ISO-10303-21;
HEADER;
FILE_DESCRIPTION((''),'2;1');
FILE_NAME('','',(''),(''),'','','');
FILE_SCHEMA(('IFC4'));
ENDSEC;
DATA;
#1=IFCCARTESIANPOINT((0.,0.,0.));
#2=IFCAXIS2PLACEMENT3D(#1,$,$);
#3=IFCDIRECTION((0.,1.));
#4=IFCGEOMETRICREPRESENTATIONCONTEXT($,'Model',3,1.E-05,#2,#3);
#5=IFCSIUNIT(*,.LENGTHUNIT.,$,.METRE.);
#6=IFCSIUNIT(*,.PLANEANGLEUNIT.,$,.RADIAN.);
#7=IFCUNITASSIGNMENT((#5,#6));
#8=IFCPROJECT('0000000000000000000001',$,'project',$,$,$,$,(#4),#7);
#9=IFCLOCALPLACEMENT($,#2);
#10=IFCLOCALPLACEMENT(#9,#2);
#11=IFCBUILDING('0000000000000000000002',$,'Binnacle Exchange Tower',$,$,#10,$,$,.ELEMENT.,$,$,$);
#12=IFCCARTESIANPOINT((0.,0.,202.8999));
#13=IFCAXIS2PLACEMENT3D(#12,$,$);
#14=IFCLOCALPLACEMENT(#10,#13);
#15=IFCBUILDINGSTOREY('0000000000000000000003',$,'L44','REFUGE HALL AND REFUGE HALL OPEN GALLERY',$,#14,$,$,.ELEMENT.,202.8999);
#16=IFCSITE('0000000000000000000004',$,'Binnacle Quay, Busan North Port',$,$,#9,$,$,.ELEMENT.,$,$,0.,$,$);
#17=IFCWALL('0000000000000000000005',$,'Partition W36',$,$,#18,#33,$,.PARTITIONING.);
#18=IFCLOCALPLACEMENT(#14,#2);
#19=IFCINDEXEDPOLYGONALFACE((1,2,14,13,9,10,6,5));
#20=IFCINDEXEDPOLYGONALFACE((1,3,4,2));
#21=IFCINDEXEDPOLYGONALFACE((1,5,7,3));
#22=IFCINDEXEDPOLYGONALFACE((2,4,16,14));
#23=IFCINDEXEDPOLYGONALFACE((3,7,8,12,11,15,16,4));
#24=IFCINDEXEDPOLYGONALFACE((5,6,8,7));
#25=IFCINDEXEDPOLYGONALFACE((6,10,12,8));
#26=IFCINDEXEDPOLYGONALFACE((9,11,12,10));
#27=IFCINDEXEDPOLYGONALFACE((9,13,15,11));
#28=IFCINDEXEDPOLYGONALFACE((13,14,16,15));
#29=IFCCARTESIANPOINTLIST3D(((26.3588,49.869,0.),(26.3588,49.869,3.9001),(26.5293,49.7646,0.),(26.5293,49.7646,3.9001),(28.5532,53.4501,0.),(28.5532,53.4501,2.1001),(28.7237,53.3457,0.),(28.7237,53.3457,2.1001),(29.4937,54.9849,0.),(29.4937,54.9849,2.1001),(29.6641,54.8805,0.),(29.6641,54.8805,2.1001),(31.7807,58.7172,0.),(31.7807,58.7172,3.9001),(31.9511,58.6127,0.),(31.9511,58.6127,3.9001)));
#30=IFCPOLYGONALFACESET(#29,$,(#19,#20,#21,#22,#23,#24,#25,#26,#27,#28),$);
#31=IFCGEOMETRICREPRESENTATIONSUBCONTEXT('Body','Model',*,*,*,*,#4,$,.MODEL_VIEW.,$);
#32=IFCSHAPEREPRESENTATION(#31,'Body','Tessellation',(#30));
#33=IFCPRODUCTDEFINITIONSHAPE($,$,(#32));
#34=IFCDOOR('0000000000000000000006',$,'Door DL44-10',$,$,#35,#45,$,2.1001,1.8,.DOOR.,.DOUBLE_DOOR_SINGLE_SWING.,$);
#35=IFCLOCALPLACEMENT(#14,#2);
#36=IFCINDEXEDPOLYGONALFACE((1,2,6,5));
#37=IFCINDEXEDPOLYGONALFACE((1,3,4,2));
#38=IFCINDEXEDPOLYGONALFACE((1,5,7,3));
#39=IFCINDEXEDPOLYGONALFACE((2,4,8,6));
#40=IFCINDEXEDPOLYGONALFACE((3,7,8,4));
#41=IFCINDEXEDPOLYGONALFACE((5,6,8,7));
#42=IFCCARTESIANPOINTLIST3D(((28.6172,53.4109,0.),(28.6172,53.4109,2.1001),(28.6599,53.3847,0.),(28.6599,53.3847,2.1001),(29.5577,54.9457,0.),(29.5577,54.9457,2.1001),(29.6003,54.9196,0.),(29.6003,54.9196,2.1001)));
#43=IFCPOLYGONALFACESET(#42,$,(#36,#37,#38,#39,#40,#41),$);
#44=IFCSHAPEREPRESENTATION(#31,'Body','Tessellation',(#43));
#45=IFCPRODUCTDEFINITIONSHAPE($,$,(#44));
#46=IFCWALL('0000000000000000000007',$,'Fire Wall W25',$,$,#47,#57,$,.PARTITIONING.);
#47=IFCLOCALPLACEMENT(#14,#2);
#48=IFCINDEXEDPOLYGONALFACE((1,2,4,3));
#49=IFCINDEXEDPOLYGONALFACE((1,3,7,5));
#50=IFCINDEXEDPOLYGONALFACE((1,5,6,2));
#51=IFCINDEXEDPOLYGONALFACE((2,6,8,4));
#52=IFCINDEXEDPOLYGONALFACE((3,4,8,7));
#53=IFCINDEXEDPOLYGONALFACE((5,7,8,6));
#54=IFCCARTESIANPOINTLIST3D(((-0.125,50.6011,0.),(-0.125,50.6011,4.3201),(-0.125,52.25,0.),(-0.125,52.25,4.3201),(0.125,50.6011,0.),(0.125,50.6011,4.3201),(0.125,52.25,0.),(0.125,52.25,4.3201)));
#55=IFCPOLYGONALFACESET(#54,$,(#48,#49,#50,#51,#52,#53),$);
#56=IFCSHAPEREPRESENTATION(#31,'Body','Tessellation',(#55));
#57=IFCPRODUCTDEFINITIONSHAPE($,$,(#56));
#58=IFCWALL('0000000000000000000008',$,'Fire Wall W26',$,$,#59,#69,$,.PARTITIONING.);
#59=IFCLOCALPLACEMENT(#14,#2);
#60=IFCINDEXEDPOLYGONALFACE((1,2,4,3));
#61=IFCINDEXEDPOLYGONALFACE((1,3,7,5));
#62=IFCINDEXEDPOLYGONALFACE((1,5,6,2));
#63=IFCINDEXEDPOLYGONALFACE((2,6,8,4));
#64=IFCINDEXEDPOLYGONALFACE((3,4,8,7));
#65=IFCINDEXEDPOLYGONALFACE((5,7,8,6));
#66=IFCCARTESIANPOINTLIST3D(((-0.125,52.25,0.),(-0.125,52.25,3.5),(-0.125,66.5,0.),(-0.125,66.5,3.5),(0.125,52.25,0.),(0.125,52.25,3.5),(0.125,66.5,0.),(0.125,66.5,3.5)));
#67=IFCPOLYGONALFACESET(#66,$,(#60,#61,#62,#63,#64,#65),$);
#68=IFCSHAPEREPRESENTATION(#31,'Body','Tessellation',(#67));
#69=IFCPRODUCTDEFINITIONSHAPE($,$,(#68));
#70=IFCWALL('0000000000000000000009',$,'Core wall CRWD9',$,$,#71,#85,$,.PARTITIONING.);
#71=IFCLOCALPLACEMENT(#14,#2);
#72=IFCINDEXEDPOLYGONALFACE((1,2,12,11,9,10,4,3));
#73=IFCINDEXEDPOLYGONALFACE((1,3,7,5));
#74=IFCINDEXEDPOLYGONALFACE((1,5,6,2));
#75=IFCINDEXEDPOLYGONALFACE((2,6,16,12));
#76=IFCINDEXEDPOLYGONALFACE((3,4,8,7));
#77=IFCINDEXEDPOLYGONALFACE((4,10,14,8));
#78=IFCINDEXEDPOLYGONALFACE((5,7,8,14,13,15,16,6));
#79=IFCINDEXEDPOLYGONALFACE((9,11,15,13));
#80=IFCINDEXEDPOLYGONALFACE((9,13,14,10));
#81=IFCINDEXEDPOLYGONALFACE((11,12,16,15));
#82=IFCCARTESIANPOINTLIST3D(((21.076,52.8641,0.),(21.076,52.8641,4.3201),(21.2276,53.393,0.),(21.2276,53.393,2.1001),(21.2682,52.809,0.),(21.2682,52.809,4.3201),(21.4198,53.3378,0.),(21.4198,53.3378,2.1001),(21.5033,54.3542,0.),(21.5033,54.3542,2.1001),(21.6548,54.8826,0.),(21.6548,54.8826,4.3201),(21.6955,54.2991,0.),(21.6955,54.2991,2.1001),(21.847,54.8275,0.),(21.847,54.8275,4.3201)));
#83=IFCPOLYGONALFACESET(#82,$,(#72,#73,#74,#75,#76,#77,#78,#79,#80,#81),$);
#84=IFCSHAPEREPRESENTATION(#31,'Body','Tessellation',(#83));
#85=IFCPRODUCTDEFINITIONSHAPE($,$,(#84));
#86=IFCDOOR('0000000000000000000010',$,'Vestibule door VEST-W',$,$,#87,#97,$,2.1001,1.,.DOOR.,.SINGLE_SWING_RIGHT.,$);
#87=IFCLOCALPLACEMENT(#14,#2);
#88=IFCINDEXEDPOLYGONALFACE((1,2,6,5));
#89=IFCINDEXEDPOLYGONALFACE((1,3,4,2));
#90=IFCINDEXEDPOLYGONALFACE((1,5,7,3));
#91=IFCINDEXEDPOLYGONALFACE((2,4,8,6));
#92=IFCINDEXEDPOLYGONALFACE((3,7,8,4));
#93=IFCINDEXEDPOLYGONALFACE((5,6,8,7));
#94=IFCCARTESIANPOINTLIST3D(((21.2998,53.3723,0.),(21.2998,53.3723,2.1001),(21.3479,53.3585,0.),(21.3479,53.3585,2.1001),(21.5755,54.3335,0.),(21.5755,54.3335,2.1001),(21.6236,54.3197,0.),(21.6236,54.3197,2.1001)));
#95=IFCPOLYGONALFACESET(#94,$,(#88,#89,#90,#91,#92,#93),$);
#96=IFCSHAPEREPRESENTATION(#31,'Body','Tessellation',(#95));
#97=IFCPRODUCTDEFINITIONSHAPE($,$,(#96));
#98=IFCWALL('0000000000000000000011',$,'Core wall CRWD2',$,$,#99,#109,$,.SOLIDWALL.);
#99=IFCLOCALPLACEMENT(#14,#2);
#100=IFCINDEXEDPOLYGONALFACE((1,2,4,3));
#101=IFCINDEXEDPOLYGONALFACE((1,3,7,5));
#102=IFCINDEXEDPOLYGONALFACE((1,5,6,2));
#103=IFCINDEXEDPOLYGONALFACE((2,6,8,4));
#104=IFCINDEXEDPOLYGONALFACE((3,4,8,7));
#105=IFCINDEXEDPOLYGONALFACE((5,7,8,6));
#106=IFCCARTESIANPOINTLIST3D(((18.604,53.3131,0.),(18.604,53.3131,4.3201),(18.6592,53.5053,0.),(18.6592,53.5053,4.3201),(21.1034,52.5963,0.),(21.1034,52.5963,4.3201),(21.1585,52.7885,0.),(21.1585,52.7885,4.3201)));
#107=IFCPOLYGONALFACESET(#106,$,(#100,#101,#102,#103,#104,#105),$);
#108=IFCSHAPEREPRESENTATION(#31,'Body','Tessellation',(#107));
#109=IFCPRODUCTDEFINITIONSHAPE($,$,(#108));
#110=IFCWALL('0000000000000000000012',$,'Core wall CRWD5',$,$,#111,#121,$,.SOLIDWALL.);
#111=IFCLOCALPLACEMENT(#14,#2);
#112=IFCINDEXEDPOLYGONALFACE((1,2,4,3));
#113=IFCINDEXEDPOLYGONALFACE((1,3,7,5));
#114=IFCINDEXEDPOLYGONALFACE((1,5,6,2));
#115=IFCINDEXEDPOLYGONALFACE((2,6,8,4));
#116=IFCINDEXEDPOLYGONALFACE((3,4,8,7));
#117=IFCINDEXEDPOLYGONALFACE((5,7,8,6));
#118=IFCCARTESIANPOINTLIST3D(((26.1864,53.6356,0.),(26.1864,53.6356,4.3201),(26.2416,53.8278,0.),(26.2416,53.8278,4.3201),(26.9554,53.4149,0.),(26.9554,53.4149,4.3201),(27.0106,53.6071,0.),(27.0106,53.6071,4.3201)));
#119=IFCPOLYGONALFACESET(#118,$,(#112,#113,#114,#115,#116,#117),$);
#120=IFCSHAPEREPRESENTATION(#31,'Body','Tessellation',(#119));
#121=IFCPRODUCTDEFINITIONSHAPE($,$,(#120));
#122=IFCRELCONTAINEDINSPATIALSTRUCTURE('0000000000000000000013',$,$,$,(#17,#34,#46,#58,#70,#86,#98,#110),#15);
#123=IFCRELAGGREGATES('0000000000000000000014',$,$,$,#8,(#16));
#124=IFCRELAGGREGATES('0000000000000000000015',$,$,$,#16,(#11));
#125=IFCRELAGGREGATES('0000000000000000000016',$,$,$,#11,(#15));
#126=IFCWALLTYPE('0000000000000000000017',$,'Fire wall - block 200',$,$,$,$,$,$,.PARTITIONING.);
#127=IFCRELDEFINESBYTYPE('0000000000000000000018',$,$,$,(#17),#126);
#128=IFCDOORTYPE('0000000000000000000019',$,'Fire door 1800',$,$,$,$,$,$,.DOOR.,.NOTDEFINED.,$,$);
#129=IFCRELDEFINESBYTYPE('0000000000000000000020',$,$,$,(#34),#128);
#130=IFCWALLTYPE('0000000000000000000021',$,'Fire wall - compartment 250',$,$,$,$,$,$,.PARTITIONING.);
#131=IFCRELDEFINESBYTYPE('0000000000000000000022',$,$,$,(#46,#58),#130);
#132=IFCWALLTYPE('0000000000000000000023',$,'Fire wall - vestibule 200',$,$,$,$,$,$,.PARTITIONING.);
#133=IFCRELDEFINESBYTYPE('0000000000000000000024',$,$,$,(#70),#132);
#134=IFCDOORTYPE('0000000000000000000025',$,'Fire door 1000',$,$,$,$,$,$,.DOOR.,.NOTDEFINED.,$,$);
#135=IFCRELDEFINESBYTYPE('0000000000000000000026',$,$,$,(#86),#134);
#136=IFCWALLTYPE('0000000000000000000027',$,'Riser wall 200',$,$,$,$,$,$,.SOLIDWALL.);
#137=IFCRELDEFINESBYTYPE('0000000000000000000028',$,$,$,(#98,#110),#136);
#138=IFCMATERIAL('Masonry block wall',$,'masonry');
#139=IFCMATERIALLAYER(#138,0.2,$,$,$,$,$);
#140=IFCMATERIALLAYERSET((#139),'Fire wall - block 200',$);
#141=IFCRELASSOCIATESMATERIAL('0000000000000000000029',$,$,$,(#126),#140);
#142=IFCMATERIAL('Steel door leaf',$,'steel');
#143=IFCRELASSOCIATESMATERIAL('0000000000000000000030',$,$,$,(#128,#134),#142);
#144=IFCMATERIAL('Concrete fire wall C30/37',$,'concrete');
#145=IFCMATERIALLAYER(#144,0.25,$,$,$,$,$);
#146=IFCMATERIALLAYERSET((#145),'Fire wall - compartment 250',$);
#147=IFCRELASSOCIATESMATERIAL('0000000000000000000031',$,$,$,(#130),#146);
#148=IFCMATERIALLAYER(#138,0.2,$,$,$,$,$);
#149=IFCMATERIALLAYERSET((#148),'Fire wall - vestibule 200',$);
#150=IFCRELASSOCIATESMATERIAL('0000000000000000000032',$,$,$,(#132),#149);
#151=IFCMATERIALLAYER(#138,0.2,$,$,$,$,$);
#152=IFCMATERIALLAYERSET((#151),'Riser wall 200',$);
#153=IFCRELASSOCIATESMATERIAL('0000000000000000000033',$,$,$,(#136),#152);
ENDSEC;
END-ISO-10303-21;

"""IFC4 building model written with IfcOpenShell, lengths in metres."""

from ifc_helpers import new_model, si_unit, direction, frame, frame_2d, origin, place, context, subcontext, project, spatial, rectangle, extrude, material, layer, layer_set, type_object, element, fill, save


model = new_model("IFC4")

# Units and contexts
model_context = context("Model", 3, precision=1e-05, world=origin(), true_north=direction((0.0, 1.0)))
body_context = subcontext(model_context, "Body", "Model", "MODEL_VIEW")
ifc_project = project(units=[si_unit("LENGTHUNIT", "METRE"), si_unit("PLANEANGLEUNIT", "RADIAN")], contexts=[model_context])

# Site, building, storey
site_placement = place(None, origin())
site = spatial("IfcSite", under=ifc_project, at=site_placement, Name="Binnacle Quay, Busan North Port", CompositionType="ELEMENT", RefElevation=0.0)
building_placement = place(site_placement, origin())
building = spatial("IfcBuilding", under=site, at=building_placement, Name="Binnacle Exchange Tower", CompositionType="ELEMENT")
storey_placement = place(building_placement, frame((0.0, 0.0, 202.8999)))
storey = spatial("IfcBuildingStorey", under=building, at=storey_placement, Name="L44", Description="REFUGE HALL AND REFUGE HALL OPEN GALLERY", CompositionType="ELEMENT", Elevation=202.8999)

# Shared definitions
ifc_material_1 = material(Name="Steel door leaf", Category="steel")

# Shared definitions
ifc_material_2 = material(Name="Masonry block wall", Category="masonry")
ifc_layer_1 = layer(ifc_material_2, 0.2)
ifc_layer_set_1 = layer_set([ifc_layer_1], Name="Fire wall - block 200")
wall_type_1 = type_object("IfcWallType", Name="Fire wall - block 200", PredefinedType="PARTITIONING", material=ifc_layer_set_1)

# Wall, opening, door
wall_1_placement = place(storey_placement, frame((26.4441, 49.8169, 0.0), z_axis=(0.0, 0.0, 1.0), x_axis=(0.522479, 0.852652, 0.0)))
wall_1 = element("IfcWall", 1, at=wall_1_placement, inside=storey, type_object=wall_type_1, Name="Partition W36", PredefinedType="PARTITIONING", context=body_context, shape_type="SweptSolid", body=[
    extrude(rectangle(XDim=10.3772, YDim=0.2, at=frame_2d((5.1885, 0.0))), origin(), (0.0, 0.0, 1.0), 3.9001),
])
opening_1_placement = place(wall_1_placement, frame((4.2, 0.0, 0.0)))
opening_1 = element("IfcOpeningElement", 2, at=opening_1_placement, cuts=wall_1, PredefinedType="OPENING", context=body_context, shape_type="SweptSolid", body=[
    extrude(rectangle(XDim=1.8, YDim=2.1001, at=frame_2d((0.8999, 1.05))), frame((0.0, 0.1099, 0.0), z_axis=(0.0, -1.0, 0.0), x_axis=(1.0, 0.0, 0.0)), (0.0, 0.0, 1.0), 0.22),
])
door_type_1 = type_object("IfcDoorType", Name="Fire door 1800", OperationType="NOTDEFINED", PredefinedType="DOOR", material=ifc_material_1)
door_1_placement = place(opening_1_placement, origin())
door_1 = element("IfcDoor", 3, at=door_1_placement, inside=storey, type_object=door_type_1, Name="Door DL44-10", OperationType="DOUBLE_DOOR_SINGLE_SWING", OverallHeight=2.1001, OverallWidth=1.8, PredefinedType="DOOR", context=body_context, shape_type="SweptSolid", body=[
    extrude(rectangle(XDim=1.8, YDim=2.1001, at=frame_2d((0.8999, 1.05))), frame((0.0, 0.0249, 0.0), z_axis=(0.0, -1.0, 0.0), x_axis=(1.0, 0.0, 0.0)), (0.0, 0.0, 1.0), 0.05),
])
fill(opening_1, door_1)

# Walls
ifc_material_3 = material(Name="Concrete fire wall C30/37", Category="concrete")
ifc_layer_2 = layer(ifc_material_3, 0.25)
ifc_layer_set_2 = layer_set([ifc_layer_2], Name="Fire wall - compartment 250")
wall_type_2 = type_object("IfcWallType", Name="Fire wall - compartment 250", PredefinedType="PARTITIONING", material=ifc_layer_set_2)
wall_2_placement = place(storey_placement, frame((0.0, 50.6011, 0.0), z_axis=(0.0, 0.0, 1.0), x_axis=(0.0, 1.0, 0.0)))
element("IfcWall", 4, at=wall_2_placement, inside=storey, type_object=wall_type_2, Name="Fire Wall W25", PredefinedType="PARTITIONING", context=body_context, shape_type="SweptSolid", body=[
    extrude(rectangle(XDim=1.6489, YDim=0.25, at=frame_2d((0.8245, 0.0))), origin(), (0.0, 0.0, 1.0), 4.3201),
])
wall_3_placement = place(storey_placement, frame((0.0, 52.25, 0.0), z_axis=(0.0, 0.0, 1.0), x_axis=(0.0, 1.0, 0.0)))
element("IfcWall", 5, at=wall_3_placement, inside=storey, type_object=wall_type_2, Name="Fire Wall W26", PredefinedType="PARTITIONING", context=body_context, shape_type="SweptSolid", body=[
    extrude(rectangle(XDim=14.25, YDim=0.25, at=frame_2d((7.125, 0.0))), origin(), (0.0, 0.0, 1.0), 3.5),
])

# Wall, opening, door
ifc_layer_3 = layer(ifc_material_2, 0.2)
ifc_layer_set_3 = layer_set([ifc_layer_3], Name="Fire wall - vestibule 200")
wall_type_3 = type_object("IfcWallType", Name="Fire wall - vestibule 200", PredefinedType="PARTITIONING", material=ifc_layer_set_3)
wall_4_placement = place(storey_placement, frame((21.1721, 52.8367, 0.0), z_axis=(0.0, 0.0, 1.0), x_axis=(0.275658, 0.961256, 0.0)))
wall_4 = element("IfcWall", 6, at=wall_4_placement, inside=storey, type_object=wall_type_3, Name="Core wall CRWD9", PredefinedType="PARTITIONING", context=body_context, shape_type="SweptSolid", body=[
    extrude(rectangle(XDim=2.0999, YDim=0.2, at=frame_2d((1.0498, 0.0))), origin(), (0.0, 0.0, 1.0), 4.3201),
])
opening_2_placement = place(wall_4_placement, frame((0.55, 0.0, 0.0)))
opening_2 = element("IfcOpeningElement", 7, at=opening_2_placement, cuts=wall_4, PredefinedType="OPENING", context=body_context, shape_type="SweptSolid", body=[
    extrude(rectangle(XDim=1.0, YDim=2.1001, at=frame_2d((0.5, 1.05))), frame((0.0, 0.1099, 0.0), z_axis=(0.0, -1.0, 0.0), x_axis=(1.0, 0.0, 0.0)), (0.0, 0.0, 1.0), 0.22),
])
door_type_2 = type_object("IfcDoorType", Name="Fire door 1000", OperationType="NOTDEFINED", PredefinedType="DOOR", material=ifc_material_1)
door_2_placement = place(opening_2_placement, origin())
door_2 = element("IfcDoor", 8, at=door_2_placement, inside=storey, type_object=door_type_2, Name="Vestibule door VEST-W", OperationType="SINGLE_SWING_RIGHT", OverallHeight=2.1001, OverallWidth=1.0, PredefinedType="DOOR", context=body_context, shape_type="SweptSolid", body=[
    extrude(rectangle(XDim=1.0, YDim=2.1001, at=frame_2d((0.5, 1.05))), frame((0.0, 0.0249, 0.0), z_axis=(0.0, -1.0, 0.0), x_axis=(1.0, 0.0, 0.0)), (0.0, 0.0, 1.0), 0.05),
])
fill(opening_2, door_2)

# Walls
ifc_layer_4 = layer(ifc_material_2, 0.2)
ifc_layer_set_4 = layer_set([ifc_layer_4], Name="Riser wall 200")
wall_type_4 = type_object("IfcWallType", Name="Riser wall 200", PredefinedType="SOLIDWALL", material=ifc_layer_set_4)
wall_5_placement = place(storey_placement, frame((18.6316, 53.4092, 0.0), z_axis=(0.0, 0.0, 1.0), x_axis=(0.961247, -0.275688, 0.0)))
element("IfcWall", 9, at=wall_5_placement, inside=storey, type_object=wall_type_4, Name="Core wall CRWD2", PredefinedType="SOLIDWALL", context=body_context, shape_type="SweptSolid", body=[
    extrude(rectangle(XDim=2.6001, YDim=0.2, at=frame_2d((1.3, 0.0))), origin(), (0.0, 0.0, 1.0), 4.3201),
])
wall_6_placement = place(storey_placement, frame((26.2141, 53.7317, 0.0), z_axis=(0.0, 0.0, 1.0), x_axis=(0.961201, -0.275849, 0.0)))
element("IfcWall", 10, at=wall_6_placement, inside=storey, type_object=wall_type_4, Name="Core wall CRWD5", PredefinedType="SOLIDWALL", context=body_context, shape_type="SweptSolid", body=[
    extrude(rectangle(XDim=0.8, YDim=0.2, at=frame_2d((0.3999, 0.0))), origin(), (0.0, 0.0, 1.0), 4.3201),
])

save(model, "model.ifc")
